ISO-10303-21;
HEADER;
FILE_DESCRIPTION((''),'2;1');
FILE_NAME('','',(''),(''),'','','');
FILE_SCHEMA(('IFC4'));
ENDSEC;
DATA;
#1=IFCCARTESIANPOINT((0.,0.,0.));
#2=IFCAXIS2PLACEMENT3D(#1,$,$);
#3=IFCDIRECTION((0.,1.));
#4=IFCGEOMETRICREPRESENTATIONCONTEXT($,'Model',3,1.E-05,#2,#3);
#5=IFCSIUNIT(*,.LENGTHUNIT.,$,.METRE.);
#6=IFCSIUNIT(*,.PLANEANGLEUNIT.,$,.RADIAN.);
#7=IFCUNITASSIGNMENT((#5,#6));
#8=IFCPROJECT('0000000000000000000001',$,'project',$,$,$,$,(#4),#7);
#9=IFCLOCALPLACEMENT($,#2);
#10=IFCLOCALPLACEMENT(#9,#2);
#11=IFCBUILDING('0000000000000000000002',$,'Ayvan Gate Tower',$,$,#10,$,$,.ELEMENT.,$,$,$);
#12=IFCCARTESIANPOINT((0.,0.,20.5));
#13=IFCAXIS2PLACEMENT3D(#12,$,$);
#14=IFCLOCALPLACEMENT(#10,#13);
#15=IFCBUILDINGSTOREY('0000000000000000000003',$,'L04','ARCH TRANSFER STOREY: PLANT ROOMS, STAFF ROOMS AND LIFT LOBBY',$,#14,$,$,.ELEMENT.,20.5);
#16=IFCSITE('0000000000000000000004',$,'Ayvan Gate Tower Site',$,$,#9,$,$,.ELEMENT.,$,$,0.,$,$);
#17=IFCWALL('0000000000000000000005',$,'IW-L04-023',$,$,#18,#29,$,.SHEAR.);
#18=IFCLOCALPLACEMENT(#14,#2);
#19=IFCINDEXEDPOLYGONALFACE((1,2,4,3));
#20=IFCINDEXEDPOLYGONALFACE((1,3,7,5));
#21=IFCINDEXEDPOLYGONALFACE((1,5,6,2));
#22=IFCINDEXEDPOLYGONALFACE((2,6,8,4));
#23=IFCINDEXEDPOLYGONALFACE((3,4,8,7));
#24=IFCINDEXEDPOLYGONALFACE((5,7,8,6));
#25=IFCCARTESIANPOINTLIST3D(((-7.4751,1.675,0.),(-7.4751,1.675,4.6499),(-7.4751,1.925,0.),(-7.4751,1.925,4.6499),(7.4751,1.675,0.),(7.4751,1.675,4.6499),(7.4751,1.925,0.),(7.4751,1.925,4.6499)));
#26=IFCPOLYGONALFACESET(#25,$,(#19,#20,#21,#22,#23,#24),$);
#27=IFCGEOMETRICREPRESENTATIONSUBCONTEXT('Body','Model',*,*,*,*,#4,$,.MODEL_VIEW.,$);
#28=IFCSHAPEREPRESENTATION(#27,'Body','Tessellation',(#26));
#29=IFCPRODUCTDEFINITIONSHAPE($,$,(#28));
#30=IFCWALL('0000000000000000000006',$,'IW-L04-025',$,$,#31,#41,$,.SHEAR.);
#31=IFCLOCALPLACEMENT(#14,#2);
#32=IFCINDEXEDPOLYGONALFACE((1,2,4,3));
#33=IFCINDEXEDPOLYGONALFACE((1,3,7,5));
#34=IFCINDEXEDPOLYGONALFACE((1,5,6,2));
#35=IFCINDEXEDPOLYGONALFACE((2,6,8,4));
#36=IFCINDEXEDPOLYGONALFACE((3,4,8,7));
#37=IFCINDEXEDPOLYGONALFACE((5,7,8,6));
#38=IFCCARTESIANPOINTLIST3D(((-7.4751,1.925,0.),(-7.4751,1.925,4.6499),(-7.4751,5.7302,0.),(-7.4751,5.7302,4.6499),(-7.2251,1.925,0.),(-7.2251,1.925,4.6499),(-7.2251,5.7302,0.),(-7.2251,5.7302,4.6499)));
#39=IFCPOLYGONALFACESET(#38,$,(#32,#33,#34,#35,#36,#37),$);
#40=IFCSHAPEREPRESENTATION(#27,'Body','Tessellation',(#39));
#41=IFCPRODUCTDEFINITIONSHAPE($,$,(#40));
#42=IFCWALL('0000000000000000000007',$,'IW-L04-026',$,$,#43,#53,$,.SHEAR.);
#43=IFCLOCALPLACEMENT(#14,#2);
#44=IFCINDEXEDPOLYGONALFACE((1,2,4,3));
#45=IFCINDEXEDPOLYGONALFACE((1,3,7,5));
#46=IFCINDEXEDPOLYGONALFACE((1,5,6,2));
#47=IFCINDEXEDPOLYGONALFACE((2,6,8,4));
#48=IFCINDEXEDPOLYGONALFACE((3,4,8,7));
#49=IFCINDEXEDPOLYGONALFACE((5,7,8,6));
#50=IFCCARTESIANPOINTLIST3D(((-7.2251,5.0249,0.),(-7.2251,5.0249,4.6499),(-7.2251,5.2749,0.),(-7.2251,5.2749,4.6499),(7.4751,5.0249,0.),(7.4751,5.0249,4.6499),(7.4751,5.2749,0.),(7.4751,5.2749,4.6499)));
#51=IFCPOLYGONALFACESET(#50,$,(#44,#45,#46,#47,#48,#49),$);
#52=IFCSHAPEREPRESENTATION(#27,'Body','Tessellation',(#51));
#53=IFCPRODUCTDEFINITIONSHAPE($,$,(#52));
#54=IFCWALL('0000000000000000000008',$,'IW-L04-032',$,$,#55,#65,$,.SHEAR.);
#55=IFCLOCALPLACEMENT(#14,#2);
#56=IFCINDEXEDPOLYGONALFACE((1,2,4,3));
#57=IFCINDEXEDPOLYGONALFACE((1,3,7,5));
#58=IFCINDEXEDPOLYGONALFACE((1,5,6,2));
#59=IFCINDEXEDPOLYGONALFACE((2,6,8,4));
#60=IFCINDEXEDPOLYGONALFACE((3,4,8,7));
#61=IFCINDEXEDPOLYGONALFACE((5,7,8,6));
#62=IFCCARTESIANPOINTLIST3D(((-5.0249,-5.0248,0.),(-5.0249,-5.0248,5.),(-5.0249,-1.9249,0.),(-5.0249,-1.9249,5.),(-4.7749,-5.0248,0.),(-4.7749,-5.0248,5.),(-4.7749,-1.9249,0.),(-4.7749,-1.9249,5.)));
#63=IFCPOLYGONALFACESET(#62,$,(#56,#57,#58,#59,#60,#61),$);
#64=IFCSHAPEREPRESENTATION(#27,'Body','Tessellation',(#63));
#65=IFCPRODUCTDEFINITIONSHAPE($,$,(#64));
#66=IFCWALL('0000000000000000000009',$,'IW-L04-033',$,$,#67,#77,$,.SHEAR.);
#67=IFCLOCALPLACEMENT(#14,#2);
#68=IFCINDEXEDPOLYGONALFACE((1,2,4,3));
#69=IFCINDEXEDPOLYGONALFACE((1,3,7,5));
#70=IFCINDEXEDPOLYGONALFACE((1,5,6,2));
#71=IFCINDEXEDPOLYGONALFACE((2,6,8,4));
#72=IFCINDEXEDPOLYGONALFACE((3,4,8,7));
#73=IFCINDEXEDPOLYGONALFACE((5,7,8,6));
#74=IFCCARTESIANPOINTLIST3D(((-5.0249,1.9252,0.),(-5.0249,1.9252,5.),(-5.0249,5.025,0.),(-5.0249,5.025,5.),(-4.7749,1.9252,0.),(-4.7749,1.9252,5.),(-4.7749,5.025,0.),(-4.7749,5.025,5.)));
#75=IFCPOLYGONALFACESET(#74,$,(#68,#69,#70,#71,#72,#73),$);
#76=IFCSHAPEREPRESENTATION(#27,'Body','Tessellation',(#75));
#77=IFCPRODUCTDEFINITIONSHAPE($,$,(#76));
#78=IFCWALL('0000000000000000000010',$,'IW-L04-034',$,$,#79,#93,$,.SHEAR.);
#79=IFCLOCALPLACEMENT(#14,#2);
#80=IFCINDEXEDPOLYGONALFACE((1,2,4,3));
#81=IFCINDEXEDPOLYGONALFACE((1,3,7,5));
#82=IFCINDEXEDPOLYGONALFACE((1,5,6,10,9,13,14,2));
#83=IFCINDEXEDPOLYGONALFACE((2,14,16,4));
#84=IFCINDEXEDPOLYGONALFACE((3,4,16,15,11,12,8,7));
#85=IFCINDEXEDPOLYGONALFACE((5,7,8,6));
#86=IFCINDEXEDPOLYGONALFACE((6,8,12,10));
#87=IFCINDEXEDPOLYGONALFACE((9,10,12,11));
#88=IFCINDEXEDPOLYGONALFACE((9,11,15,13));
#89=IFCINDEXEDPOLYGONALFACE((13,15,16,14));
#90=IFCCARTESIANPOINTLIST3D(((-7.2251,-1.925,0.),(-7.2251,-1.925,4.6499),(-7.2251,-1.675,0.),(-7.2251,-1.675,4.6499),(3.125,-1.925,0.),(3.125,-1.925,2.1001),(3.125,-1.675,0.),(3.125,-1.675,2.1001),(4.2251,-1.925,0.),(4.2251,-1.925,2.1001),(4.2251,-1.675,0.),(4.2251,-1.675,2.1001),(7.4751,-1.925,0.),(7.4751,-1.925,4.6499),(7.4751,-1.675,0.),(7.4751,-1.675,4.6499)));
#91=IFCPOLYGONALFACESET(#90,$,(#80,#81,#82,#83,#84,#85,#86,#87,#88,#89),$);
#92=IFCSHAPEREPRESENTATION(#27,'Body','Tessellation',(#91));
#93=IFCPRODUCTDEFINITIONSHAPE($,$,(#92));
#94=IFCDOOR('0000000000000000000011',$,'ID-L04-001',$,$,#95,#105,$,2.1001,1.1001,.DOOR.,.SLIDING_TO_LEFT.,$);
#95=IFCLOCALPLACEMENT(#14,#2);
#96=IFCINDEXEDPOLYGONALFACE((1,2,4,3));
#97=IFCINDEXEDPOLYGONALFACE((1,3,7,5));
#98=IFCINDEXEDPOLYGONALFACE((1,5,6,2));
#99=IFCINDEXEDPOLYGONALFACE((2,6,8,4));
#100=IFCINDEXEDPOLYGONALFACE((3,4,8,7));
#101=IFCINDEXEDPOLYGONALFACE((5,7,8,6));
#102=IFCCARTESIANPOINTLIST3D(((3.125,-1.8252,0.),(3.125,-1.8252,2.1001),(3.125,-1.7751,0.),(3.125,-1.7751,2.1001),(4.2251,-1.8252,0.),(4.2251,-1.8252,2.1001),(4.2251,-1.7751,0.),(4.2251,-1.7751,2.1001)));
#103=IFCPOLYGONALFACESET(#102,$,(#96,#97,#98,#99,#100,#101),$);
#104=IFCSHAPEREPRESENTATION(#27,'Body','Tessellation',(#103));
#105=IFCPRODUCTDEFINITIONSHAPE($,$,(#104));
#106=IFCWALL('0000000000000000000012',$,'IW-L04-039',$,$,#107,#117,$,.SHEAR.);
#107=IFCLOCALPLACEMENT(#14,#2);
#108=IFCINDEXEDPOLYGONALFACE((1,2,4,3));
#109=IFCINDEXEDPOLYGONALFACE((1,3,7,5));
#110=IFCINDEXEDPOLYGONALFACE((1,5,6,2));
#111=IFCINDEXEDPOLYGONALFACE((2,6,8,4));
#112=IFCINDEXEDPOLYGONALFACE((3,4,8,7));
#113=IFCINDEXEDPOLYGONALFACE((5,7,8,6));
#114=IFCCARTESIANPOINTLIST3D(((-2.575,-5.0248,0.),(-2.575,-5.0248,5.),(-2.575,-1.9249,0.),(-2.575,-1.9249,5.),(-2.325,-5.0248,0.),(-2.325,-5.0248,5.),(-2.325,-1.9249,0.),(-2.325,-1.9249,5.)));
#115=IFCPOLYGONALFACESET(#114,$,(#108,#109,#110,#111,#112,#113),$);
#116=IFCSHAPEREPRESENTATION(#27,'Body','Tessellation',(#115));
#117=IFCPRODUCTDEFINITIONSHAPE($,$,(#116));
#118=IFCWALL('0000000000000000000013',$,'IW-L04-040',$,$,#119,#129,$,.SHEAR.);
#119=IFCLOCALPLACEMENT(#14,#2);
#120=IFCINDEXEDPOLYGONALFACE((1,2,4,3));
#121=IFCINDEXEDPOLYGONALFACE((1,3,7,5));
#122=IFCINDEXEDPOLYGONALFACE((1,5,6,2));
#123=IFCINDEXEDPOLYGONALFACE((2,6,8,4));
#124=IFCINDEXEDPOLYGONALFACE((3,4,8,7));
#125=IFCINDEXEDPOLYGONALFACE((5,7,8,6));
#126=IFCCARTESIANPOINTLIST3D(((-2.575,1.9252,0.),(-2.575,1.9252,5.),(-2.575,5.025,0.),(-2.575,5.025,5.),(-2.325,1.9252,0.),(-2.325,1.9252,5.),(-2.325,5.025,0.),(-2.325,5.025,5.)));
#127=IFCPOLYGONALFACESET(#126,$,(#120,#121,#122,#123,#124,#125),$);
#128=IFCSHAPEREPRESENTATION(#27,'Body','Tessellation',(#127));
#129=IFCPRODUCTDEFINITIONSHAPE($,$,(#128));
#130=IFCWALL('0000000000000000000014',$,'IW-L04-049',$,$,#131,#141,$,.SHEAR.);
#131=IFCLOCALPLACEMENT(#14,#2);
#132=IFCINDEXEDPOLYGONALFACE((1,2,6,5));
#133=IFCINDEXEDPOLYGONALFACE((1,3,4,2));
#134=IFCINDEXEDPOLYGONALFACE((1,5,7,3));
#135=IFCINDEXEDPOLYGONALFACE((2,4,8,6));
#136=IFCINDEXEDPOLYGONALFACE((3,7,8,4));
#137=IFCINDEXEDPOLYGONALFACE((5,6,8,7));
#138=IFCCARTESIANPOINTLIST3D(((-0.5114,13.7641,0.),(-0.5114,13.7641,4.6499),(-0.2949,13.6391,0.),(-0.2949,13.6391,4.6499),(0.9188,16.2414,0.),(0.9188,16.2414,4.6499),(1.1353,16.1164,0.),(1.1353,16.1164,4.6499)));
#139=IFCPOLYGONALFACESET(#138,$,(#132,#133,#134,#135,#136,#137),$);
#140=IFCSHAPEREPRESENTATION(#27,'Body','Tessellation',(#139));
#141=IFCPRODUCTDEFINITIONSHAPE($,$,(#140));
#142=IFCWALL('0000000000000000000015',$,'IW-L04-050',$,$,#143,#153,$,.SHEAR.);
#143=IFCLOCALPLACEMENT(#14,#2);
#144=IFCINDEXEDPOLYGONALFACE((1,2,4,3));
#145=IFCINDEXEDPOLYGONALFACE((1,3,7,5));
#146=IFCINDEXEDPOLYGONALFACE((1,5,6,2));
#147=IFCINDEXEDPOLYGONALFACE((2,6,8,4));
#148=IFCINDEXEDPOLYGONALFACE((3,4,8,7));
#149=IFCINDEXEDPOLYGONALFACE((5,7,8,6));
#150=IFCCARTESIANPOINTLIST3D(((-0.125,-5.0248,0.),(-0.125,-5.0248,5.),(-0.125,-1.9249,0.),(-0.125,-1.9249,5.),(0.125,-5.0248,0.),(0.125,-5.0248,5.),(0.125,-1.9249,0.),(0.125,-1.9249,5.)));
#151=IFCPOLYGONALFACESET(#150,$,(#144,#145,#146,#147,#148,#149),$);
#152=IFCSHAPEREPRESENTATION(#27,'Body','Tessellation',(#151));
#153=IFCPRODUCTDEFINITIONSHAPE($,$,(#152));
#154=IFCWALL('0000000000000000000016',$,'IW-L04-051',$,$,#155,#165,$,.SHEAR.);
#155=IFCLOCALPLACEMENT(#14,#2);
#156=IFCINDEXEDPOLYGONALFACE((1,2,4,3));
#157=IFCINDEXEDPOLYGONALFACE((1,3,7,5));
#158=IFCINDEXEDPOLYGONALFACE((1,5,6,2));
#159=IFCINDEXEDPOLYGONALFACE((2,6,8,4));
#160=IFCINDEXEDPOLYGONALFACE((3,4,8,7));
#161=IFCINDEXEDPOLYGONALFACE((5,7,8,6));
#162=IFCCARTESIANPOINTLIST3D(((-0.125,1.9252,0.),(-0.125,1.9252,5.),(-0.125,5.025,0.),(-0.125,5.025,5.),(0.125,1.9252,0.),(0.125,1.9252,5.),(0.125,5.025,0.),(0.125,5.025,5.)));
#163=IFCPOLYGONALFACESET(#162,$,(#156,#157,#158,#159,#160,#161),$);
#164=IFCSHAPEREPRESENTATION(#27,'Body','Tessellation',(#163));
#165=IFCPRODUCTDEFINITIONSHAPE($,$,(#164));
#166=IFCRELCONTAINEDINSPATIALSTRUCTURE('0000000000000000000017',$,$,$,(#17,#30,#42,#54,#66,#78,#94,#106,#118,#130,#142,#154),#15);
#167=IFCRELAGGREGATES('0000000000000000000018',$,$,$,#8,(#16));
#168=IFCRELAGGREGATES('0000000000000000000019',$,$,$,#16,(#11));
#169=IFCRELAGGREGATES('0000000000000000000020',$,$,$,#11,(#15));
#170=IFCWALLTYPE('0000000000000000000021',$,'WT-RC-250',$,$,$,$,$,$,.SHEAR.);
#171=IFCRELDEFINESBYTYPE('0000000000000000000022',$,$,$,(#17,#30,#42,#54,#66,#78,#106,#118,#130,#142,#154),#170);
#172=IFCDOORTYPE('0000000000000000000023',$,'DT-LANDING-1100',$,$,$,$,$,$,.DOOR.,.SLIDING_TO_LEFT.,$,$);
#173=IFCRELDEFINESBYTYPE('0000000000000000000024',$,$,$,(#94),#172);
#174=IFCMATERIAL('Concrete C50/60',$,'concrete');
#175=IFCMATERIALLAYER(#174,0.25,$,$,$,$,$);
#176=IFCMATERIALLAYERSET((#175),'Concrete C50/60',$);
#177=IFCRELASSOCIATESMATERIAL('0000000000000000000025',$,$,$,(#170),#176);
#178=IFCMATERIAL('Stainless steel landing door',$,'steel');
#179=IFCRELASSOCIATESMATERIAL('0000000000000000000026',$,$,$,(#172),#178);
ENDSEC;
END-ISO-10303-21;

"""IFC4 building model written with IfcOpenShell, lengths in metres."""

from ifc_helpers import new_model, si_unit, direction, frame, frame_2d, origin, place, context, subcontext, project, spatial, rectangle, extrude, material, layer, layer_set, type_object, element, fill, save


model = new_model("IFC4")

# Units and contexts
model_context = context("Model", 3, precision=1e-05, world=origin(), true_north=direction((0.0, 1.0)))
body_context = subcontext(model_context, "Body", "Model", "MODEL_VIEW")
ifc_project = project(units=[si_unit("LENGTHUNIT", "METRE"), si_unit("PLANEANGLEUNIT", "RADIAN")], contexts=[model_context])

# Site, building, storey
site_placement = place(None, origin())
site = spatial("IfcSite", under=ifc_project, at=site_placement, Name="Ayvan Gate Tower Site", CompositionType="ELEMENT", RefElevation=0.0)
building_placement = place(site_placement, origin())
building = spatial("IfcBuilding", under=site, at=building_placement, Name="Ayvan Gate Tower", CompositionType="ELEMENT")
storey_placement = place(building_placement, frame((0.0, 0.0, 20.5)))
storey = spatial("IfcBuildingStorey", under=building, at=storey_placement, Name="L04", Description="ARCH TRANSFER STOREY: PLANT ROOMS, STAFF ROOMS AND LIFT LOBBY", CompositionType="ELEMENT", Elevation=20.5)

# Walls
ifc_material_1 = material(Name="Concrete C50/60", Category="concrete")
ifc_layer_1 = layer(ifc_material_1, 0.25)
ifc_layer_set_1 = layer_set([ifc_layer_1], Name="Concrete C50/60")
wall_type_1 = type_object("IfcWallType", Name="WT-RC-250", PredefinedType="SHEAR", material=ifc_layer_set_1)
wall_1_placement = place(storey_placement, frame((-7.4751, 1.8, 0.0), z_axis=(0.0, 0.0, 1.0), x_axis=(1.0, 0.0, 0.0)))
element("IfcWall", 1, at=wall_1_placement, inside=storey, type_object=wall_type_1, Name="IW-L04-023", PredefinedType="SHEAR", context=body_context, shape_type="SweptSolid", body=[
    extrude(rectangle(XDim=14.9502, YDim=0.25, at=frame_2d((7.4751, 0.0))), origin(), (0.0, 0.0, 1.0), 4.6499),
])
wall_2_placement = place(storey_placement, frame((-7.3501, 1.925, 0.0), z_axis=(0.0, 0.0, 1.0), x_axis=(0.0, 1.0, 0.0)))
element("IfcWall", 2, at=wall_2_placement, inside=storey, type_object=wall_type_1, Name="IW-L04-025", PredefinedType="SHEAR", context=body_context, shape_type="SweptSolid", body=[
    extrude(rectangle(XDim=3.8052, YDim=0.25, at=frame_2d((1.9026, 0.0))), origin(), (0.0, 0.0, 1.0), 4.6499),
])
wall_3_placement = place(storey_placement, frame((-7.2251, 5.1499, 0.0), z_axis=(0.0, 0.0, 1.0), x_axis=(1.0, 0.0, 0.0)))
element("IfcWall", 3, at=wall_3_placement, inside=storey, type_object=wall_type_1, Name="IW-L04-026", PredefinedType="SHEAR", context=body_context, shape_type="SweptSolid", body=[
    extrude(rectangle(XDim=14.7002, YDim=0.25, at=frame_2d((7.3501, 0.0))), origin(), (0.0, 0.0, 1.0), 4.6499),
])
for number, where, z_axis, x_axis, name in (
    (4, (-4.8999, -1.925, 0.0), (0.0, 0.0, 1.0), (0.0, -1.0, 0.0), "IW-L04-032"),
    (5, (-4.8999, 5.0249, 0.0), (0.0, 0.0, 1.0), (0.0, -1.0, 0.0), "IW-L04-033"),
):
    element("IfcWall", number, at=place(storey_placement, frame(where, z_axis=z_axis, x_axis=x_axis)), inside=storey, type_object=wall_type_1, Name=name, PredefinedType="SHEAR", context=body_context, shape_type="SweptSolid", body=[
        extrude(rectangle(XDim=3.0999, YDim=0.25, at=frame_2d((1.5498, 0.0))), origin(), (0.0, 0.0, 1.0), 5.0),
    ])

# Wall, opening, door
wall_4_placement = place(storey_placement, frame((-7.2251, -1.8, 0.0), z_axis=(0.0, 0.0, 1.0), x_axis=(1.0, 0.0, 0.0)))
wall_4 = element("IfcWall", 6, at=wall_4_placement, inside=storey, type_object=wall_type_1, Name="IW-L04-034", PredefinedType="SHEAR", context=body_context, shape_type="SweptSolid", body=[
    extrude(rectangle(XDim=14.7002, YDim=0.25, at=frame_2d((7.3501, 0.0))), origin(), (0.0, 0.0, 1.0), 4.6499),
])
opening_1_placement = place(wall_4_placement, frame((10.3501, 0.0, 0.0)))
opening_1 = element("IfcOpeningElement", 7, at=opening_1_placement, cuts=wall_4, PredefinedType="OPENING", context=body_context, shape_type="SweptSolid", body=[
    extrude(rectangle(XDim=1.1001, YDim=2.1001, at=frame_2d((0.55, 1.05))), frame((0.0, 0.135, 0.0), z_axis=(0.0, -1.0, 0.0), x_axis=(1.0, 0.0, 0.0)), (0.0, 0.0, 1.0), 0.27),
])
ifc_material_2 = material(Name="Stainless steel landing door", Category="steel")
door_type_1 = type_object("IfcDoorType", Name="DT-LANDING-1100", OperationType="SLIDING_TO_LEFT", PredefinedType="DOOR", material=ifc_material_2)
door_1_placement = place(opening_1_placement, origin())
door_1 = element("IfcDoor", 8, at=door_1_placement, inside=storey, type_object=door_type_1, Name="ID-L04-001", OperationType="SLIDING_TO_LEFT", OverallHeight=2.1001, OverallWidth=1.1001, PredefinedType="DOOR", context=body_context, shape_type="SweptSolid", body=[
    extrude(rectangle(XDim=1.1001, YDim=2.1001, at=frame_2d((0.55, 1.05))), frame((0.0, 0.0249, 0.0), z_axis=(0.0, -1.0, 0.0), x_axis=(1.0, 0.0, 0.0)), (0.0, 0.0, 1.0), 0.05),
])
fill(opening_1, door_1)

# Walls
for number, where, z_axis, x_axis, name in (
    (9, (-2.45, -1.925, 0.0), (0.0, 0.0, 1.0), (0.0, -1.0, 0.0), "IW-L04-039"),
    (10, (-2.45, 5.0249, 0.0), (0.0, 0.0, 1.0), (0.0, -1.0, 0.0), "IW-L04-040"),
):
    element("IfcWall", number, at=place(storey_placement, frame(where, z_axis=z_axis, x_axis=x_axis)), inside=storey, type_object=wall_type_1, Name=name, PredefinedType="SHEAR", context=body_context, shape_type="SweptSolid", body=[
        extrude(rectangle(XDim=3.0999, YDim=0.25, at=frame_2d((1.5498, 0.0))), origin(), (0.0, 0.0, 1.0), 5.0),
    ])
wall_5_placement = place(storey_placement, frame((-0.4031, 13.7017, 0.0), z_axis=(0.0, 0.0, 1.0), x_axis=(0.499976, 0.866039, 0.0)))
element("IfcWall", 11, at=wall_5_placement, inside=storey, type_object=wall_type_1, Name="IW-L04-049", PredefinedType="SHEAR", context=body_context, shape_type="SweptSolid", body=[
    extrude(rectangle(XDim=2.8606, YDim=0.25, at=frame_2d((1.4302, 0.0))), origin(), (0.0, 0.0, 1.0), 4.6499),
])
for number, where, z_axis, x_axis, name in (
    (12, (0.0, -1.925, 0.0), (0.0, 0.0, 1.0), (0.0, -1.0, 0.0), "IW-L04-050"),
    (13, (0.0, 5.0249, 0.0), (0.0, 0.0, 1.0), (0.0, -1.0, 0.0), "IW-L04-051"),
):
    element("IfcWall", number, at=place(storey_placement, frame(where, z_axis=z_axis, x_axis=x_axis)), inside=storey, type_object=wall_type_1, Name=name, PredefinedType="SHEAR", context=body_context, shape_type="SweptSolid", body=[
        extrude(rectangle(XDim=3.0999, YDim=0.25, at=frame_2d((1.5498, 0.0))), origin(), (0.0, 0.0, 1.0), 5.0),
    ])

save(model, "model.ifc")
